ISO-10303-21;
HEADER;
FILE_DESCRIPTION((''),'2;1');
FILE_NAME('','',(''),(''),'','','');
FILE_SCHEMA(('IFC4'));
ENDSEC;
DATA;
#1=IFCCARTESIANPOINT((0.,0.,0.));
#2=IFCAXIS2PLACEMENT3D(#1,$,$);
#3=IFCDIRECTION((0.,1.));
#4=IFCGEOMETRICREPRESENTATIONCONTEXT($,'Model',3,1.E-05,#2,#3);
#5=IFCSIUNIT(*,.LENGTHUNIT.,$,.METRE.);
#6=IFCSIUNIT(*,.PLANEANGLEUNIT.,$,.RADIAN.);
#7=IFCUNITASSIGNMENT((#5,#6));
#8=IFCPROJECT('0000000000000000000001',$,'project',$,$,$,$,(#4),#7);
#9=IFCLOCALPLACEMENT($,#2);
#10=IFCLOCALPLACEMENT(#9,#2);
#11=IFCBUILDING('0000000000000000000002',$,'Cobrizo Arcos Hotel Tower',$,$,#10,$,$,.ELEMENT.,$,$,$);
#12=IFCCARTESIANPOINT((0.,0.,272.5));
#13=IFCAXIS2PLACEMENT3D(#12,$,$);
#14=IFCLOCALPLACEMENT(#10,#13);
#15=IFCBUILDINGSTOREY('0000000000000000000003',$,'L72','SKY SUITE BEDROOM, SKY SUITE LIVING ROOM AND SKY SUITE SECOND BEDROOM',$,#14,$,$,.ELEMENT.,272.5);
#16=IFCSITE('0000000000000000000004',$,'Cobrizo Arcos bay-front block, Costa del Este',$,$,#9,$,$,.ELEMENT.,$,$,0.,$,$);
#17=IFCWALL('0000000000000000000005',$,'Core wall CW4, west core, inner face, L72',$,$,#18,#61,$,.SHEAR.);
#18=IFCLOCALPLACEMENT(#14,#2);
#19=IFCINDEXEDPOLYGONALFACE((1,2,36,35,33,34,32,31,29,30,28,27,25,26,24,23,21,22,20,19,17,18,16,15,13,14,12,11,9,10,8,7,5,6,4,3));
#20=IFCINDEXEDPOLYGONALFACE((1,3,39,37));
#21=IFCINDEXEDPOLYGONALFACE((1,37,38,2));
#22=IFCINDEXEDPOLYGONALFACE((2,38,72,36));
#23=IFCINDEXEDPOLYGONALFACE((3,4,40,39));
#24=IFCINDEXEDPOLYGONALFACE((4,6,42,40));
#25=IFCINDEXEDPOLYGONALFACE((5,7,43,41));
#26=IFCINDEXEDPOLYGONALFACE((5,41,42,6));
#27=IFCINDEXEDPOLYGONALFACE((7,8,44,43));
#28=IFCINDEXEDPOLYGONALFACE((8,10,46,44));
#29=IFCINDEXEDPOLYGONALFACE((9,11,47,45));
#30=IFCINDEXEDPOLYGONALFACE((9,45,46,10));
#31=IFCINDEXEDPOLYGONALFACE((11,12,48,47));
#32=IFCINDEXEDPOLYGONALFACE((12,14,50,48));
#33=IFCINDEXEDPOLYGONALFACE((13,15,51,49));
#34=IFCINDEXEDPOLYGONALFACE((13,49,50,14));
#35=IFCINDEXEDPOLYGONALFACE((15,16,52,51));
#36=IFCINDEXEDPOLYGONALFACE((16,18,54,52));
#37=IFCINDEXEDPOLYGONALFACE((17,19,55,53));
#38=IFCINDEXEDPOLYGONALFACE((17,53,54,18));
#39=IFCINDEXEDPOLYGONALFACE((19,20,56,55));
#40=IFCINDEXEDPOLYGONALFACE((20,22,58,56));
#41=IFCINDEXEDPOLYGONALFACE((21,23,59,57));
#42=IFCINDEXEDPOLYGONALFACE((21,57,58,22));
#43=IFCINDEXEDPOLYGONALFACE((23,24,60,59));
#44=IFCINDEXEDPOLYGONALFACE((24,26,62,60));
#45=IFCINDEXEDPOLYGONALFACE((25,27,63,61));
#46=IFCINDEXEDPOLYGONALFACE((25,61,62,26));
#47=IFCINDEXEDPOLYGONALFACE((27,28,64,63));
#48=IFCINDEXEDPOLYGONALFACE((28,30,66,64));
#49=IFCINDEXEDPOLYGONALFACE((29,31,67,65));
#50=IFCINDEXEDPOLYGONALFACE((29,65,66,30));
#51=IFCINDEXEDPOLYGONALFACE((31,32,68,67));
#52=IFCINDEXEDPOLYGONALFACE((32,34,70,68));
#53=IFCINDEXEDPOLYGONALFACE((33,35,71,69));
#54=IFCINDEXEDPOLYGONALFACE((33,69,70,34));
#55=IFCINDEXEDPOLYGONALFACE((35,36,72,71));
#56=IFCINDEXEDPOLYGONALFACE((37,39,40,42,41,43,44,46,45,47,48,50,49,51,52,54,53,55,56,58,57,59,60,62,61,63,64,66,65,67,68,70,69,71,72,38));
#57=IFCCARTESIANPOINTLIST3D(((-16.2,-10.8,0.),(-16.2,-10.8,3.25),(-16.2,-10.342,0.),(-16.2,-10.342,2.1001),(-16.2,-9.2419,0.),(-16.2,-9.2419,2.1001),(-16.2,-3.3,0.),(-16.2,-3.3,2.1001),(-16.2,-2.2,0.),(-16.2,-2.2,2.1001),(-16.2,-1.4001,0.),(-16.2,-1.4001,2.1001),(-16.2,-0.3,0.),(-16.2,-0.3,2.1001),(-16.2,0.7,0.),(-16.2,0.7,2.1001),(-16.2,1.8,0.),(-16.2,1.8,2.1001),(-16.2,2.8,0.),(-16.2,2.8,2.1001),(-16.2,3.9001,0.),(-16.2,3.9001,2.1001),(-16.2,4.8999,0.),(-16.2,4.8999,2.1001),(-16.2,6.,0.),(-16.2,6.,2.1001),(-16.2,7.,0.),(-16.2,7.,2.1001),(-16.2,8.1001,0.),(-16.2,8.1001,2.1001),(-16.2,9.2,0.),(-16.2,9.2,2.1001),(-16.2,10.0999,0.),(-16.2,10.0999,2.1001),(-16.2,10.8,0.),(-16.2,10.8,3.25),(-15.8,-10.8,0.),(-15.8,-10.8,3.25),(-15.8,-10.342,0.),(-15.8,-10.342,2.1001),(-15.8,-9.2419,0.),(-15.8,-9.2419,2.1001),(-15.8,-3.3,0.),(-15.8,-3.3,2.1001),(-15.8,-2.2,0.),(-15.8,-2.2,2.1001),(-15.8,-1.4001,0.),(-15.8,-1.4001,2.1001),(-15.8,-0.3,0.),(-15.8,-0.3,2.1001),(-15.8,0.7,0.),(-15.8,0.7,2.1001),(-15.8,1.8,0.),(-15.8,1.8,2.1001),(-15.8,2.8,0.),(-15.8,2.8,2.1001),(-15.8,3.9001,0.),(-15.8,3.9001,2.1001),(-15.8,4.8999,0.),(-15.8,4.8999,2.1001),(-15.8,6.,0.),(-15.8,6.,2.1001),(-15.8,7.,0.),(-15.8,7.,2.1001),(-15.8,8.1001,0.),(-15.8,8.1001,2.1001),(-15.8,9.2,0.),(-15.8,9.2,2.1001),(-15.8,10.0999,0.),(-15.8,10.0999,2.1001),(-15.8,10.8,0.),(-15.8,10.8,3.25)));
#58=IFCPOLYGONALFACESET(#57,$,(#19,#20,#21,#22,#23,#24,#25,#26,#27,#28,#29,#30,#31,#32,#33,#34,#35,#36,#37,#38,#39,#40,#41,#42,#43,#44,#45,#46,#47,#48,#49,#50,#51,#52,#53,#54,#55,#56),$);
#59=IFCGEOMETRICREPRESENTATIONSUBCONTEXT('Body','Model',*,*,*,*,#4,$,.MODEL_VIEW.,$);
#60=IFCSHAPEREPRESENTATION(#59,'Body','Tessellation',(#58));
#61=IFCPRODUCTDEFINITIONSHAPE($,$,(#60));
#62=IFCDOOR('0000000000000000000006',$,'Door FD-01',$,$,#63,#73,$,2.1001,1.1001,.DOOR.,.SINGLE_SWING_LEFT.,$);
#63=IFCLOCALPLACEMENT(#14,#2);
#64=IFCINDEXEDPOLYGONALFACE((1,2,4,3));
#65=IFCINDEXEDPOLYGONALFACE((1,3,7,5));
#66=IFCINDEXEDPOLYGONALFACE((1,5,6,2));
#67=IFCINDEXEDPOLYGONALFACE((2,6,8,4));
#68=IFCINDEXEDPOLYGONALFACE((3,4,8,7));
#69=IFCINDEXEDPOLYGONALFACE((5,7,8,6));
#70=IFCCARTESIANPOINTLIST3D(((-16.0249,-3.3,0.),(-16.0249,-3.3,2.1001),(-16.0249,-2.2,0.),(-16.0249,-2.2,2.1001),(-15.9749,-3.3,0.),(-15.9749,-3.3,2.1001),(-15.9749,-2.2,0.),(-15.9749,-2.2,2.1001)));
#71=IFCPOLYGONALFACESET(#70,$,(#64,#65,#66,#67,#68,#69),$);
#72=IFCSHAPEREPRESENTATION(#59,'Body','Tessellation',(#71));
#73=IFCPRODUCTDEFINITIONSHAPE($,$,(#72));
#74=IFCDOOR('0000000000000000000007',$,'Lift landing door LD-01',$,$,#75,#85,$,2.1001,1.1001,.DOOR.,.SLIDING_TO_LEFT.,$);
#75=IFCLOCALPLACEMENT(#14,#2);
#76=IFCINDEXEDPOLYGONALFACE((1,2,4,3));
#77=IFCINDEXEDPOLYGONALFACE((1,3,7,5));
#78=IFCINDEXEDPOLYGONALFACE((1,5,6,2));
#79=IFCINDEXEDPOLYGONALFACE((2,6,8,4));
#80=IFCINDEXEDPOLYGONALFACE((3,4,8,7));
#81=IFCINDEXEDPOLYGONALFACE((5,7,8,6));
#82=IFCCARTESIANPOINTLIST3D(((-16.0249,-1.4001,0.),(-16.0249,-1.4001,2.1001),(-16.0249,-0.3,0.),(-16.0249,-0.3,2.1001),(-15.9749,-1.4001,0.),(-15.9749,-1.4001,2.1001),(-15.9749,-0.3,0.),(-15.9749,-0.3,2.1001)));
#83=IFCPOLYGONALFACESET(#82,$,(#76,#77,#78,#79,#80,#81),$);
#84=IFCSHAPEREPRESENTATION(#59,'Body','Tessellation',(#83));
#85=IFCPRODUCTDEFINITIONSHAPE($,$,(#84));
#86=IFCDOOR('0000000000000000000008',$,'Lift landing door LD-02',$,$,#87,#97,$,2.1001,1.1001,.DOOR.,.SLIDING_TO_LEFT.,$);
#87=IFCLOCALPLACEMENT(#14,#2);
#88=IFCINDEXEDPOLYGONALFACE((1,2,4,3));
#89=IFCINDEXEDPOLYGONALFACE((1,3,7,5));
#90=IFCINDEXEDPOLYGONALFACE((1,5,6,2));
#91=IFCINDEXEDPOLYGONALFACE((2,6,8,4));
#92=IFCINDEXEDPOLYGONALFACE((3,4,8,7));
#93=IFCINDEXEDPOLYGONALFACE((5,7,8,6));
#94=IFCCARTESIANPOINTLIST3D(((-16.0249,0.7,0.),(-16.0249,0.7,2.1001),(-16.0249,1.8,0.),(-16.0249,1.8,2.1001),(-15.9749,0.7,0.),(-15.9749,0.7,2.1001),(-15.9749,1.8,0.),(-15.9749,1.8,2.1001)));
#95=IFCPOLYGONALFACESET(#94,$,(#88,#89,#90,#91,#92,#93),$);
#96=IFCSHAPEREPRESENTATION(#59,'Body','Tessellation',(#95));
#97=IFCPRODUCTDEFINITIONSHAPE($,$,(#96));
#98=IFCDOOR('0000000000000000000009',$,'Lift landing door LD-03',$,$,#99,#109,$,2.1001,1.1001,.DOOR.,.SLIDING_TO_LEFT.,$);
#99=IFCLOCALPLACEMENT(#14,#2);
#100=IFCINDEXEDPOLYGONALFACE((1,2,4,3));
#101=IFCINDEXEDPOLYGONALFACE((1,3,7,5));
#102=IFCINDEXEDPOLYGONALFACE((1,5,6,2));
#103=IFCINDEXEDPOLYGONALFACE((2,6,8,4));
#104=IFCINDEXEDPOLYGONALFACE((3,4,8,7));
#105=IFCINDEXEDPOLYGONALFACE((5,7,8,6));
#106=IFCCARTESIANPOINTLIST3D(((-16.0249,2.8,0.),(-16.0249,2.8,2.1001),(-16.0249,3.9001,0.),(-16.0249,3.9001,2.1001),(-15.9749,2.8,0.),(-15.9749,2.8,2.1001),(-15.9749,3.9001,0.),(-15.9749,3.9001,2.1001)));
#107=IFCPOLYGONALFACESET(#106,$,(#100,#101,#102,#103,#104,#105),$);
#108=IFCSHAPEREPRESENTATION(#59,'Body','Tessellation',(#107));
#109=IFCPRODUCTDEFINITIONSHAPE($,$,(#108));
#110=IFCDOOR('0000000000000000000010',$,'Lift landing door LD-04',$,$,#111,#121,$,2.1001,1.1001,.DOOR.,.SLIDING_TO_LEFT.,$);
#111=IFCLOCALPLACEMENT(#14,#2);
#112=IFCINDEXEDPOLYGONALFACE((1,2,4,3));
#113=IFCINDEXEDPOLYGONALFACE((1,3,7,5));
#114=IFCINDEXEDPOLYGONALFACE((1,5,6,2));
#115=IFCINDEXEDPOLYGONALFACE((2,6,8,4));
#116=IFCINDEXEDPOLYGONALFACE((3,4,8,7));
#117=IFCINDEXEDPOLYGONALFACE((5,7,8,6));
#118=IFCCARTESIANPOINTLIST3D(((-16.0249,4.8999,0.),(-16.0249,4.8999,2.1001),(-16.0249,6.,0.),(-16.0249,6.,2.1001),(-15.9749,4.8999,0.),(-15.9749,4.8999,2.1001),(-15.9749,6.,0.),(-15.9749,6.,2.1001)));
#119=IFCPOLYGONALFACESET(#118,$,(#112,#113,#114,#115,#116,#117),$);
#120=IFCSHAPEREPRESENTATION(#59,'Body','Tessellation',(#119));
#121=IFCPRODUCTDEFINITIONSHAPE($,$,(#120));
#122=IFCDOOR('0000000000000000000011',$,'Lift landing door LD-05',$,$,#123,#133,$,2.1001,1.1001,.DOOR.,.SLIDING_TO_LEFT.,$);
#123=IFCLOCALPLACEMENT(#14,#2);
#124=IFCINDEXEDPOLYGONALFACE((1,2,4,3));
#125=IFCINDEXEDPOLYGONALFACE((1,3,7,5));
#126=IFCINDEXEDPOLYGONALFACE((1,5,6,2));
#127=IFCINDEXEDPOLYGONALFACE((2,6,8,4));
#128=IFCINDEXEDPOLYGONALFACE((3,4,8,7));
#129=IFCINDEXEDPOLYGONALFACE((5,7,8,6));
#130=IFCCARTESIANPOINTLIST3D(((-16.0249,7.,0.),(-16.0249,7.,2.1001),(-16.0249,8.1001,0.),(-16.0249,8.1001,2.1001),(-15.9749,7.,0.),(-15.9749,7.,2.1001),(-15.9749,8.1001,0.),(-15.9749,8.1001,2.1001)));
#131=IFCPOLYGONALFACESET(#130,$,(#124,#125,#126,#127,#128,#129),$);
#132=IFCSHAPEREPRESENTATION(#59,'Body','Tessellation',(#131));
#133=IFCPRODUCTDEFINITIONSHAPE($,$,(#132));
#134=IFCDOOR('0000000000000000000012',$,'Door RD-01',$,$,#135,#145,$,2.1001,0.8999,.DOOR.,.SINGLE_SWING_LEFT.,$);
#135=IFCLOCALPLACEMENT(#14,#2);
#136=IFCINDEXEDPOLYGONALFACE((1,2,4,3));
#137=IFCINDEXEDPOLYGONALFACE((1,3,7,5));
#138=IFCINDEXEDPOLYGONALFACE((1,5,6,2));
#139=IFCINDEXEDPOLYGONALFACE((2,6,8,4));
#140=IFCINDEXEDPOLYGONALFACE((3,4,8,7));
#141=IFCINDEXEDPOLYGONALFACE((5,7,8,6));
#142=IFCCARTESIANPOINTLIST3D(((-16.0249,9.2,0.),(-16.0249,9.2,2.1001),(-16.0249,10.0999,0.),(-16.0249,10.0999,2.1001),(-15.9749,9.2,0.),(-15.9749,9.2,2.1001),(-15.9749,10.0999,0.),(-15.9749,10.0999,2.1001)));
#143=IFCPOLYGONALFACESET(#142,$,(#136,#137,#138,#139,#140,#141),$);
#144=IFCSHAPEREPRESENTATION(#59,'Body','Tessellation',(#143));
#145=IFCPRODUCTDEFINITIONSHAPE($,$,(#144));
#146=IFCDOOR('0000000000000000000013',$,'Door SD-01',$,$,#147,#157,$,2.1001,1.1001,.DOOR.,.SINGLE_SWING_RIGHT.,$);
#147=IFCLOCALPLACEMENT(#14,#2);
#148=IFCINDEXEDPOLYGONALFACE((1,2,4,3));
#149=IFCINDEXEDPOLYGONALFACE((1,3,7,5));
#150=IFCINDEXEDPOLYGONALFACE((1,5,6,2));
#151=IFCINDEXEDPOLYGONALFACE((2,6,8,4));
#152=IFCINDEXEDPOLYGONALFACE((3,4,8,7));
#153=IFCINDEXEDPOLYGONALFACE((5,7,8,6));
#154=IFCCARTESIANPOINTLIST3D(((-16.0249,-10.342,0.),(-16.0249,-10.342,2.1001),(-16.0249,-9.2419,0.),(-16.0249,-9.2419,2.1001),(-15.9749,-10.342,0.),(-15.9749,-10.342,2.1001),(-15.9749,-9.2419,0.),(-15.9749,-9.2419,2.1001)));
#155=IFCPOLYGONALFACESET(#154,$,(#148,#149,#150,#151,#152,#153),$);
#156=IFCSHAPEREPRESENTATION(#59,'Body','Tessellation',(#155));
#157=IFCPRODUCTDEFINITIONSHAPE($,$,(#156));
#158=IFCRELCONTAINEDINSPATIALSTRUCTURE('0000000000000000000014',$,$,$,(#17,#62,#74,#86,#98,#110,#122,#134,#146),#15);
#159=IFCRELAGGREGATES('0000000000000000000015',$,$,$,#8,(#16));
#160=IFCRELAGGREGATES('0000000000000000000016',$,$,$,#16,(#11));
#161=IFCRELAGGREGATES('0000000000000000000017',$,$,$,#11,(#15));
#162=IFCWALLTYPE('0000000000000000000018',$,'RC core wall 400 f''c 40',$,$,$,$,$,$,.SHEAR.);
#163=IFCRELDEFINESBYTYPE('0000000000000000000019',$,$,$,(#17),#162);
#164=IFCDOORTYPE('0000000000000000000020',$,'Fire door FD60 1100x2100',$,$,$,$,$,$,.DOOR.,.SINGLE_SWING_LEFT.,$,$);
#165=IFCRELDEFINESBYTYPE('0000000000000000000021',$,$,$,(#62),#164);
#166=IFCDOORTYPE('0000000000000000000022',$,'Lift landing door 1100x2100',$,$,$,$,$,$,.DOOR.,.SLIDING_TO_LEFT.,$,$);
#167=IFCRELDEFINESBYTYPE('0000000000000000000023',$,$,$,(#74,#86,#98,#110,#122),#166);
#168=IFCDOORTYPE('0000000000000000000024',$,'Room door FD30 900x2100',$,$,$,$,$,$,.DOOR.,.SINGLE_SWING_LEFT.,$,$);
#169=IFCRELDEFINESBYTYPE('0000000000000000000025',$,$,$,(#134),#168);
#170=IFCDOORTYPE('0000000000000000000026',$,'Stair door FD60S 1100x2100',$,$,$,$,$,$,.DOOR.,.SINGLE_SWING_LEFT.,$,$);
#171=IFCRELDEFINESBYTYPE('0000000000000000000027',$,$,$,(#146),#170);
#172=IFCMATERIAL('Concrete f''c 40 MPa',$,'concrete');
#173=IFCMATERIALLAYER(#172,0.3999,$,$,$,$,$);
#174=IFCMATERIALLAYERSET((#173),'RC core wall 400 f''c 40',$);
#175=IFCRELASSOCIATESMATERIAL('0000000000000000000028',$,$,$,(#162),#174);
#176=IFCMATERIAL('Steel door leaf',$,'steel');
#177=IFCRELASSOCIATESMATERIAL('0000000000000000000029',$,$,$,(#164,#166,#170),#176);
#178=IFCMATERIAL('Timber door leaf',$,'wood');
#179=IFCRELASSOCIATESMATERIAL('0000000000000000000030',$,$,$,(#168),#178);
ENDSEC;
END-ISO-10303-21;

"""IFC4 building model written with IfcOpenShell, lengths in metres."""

from ifc_helpers import new_model, si_unit, direction, frame, frame_2d, origin, place, context, subcontext, project, spatial, rectangle, extrude, material, layer, layer_set, type_object, element, fill, save


model = new_model("IFC4")

# Units and contexts
model_context = context("Model", 3, precision=1e-05, world=origin(), true_north=direction((0.0, 1.0)))
body_context = subcontext(model_context, "Body", "Model", "MODEL_VIEW")
ifc_project = project(units=[si_unit("LENGTHUNIT", "METRE"), si_unit("PLANEANGLEUNIT", "RADIAN")], contexts=[model_context])

# Site, building, storey
site_placement = place(None, origin())
site = spatial("IfcSite", under=ifc_project, at=site_placement, Name="Cobrizo Arcos bay-front block, Costa del Este", CompositionType="ELEMENT", RefElevation=0.0)
building_placement = place(site_placement, origin())
building = spatial("IfcBuilding", under=site, at=building_placement, Name="Cobrizo Arcos Hotel Tower", CompositionType="ELEMENT")
storey_placement = place(building_placement, frame((0.0, 0.0, 272.5)))
storey = spatial("IfcBuildingStorey", under=building, at=storey_placement, Name="L72", Description="SKY SUITE BEDROOM, SKY SUITE LIVING ROOM AND SKY SUITE SECOND BEDROOM", CompositionType="ELEMENT", Elevation=272.5)

# Wall, openings, doors
ifc_material_1 = material(Name="Concrete f'c 40 MPa", Category="concrete")
ifc_layer_1 = layer(ifc_material_1, 0.3999)
ifc_layer_set_1 = layer_set([ifc_layer_1], Name="RC core wall 400 f'c 40")
wall_type_1 = type_object("IfcWallType", Name="RC core wall 400 f'c 40", PredefinedType="SHEAR", material=ifc_layer_set_1)
wall_1_placement = place(storey_placement, frame((-16.0, -10.8, 0.0), z_axis=(0.0, 0.0, 1.0), x_axis=(0.0, 1.0, 0.0)))
wall_1 = element("IfcWall", 1, at=wall_1_placement, inside=storey, type_object=wall_type_1, Name="Core wall CW4, west core, inner face, L72", PredefinedType="SHEAR", context=body_context, shape_type="SweptSolid", body=[
    extrude(rectangle(XDim=21.6001, YDim=0.3999, at=frame_2d((10.8, 0.0))), origin(), (0.0, 0.0, 1.0), 3.25),
])
opening_1_placement = place(wall_1_placement, frame((9.3999, 0.0, 0.0)))
opening_1 = element("IfcOpeningElement", 2, at=opening_1_placement, cuts=wall_1, PredefinedType="OPENING", context=body_context, shape_type="SweptSolid", body=[
    extrude(rectangle(XDim=1.1001, YDim=2.1001, at=frame_2d((0.55, 1.05))), frame((0.0, 0.2119, 0.0), z_axis=(0.0, -1.0, 0.0), x_axis=(1.0, 0.0, 0.0)), (0.0, 0.0, 1.0), 0.4238),
])
opening_2_placement = place(wall_1_placement, frame((11.5, 0.0, 0.0)))
opening_2 = element("IfcOpeningElement", 3, at=opening_2_placement, cuts=wall_1, PredefinedType="OPENING", context=body_context, shape_type="SweptSolid", body=[
    extrude(rectangle(XDim=1.1001, YDim=2.1001, at=frame_2d((0.55, 1.05))), frame((0.0, 0.2119, 0.0), z_axis=(0.0, -1.0, 0.0), x_axis=(1.0, 0.0, 0.0)), (0.0, 0.0, 1.0), 0.4238),
])
opening_3_placement = place(wall_1_placement, frame((13.6001, 0.0, 0.0)))
opening_3 = element("IfcOpeningElement", 4, at=opening_3_placement, cuts=wall_1, PredefinedType="OPENING", context=body_context, shape_type="SweptSolid", body=[
    extrude(rectangle(XDim=1.1001, YDim=2.1001, at=frame_2d((0.55, 1.05))), frame((0.0, 0.2119, 0.0), z_axis=(0.0, -1.0, 0.0), x_axis=(1.0, 0.0, 0.0)), (0.0, 0.0, 1.0), 0.4238),
])
opening_4_placement = place(wall_1_placement, frame((15.7, 0.0, 0.0)))
opening_4 = element("IfcOpeningElement", 5, at=opening_4_placement, cuts=wall_1, PredefinedType="OPENING", context=body_context, shape_type="SweptSolid", body=[
    extrude(rectangle(XDim=1.1001, YDim=2.1001, at=frame_2d((0.55, 1.05))), frame((0.0, 0.2119, 0.0), z_axis=(0.0, -1.0, 0.0), x_axis=(1.0, 0.0, 0.0)), (0.0, 0.0, 1.0), 0.4238),
])
opening_5_placement = place(wall_1_placement, frame((17.8, 0.0, 0.0)))
opening_5 = element("IfcOpeningElement", 6, at=opening_5_placement, cuts=wall_1, PredefinedType="OPENING", context=body_context, shape_type="SweptSolid", body=[
    extrude(rectangle(XDim=1.1001, YDim=2.1001, at=frame_2d((0.55, 1.05))), frame((0.0, 0.2119, 0.0), z_axis=(0.0, -1.0, 0.0), x_axis=(1.0, 0.0, 0.0)), (0.0, 0.0, 1.0), 0.4238),
])
opening_6_placement = place(wall_1_placement, frame((0.458, 0.0, 0.0)))
opening_6 = element("IfcOpeningElement", 7, at=opening_6_placement, cuts=wall_1, PredefinedType="OPENING", context=body_context, shape_type="SweptSolid", body=[
    extrude(rectangle(XDim=1.1001, YDim=2.1001, at=frame_2d((0.55, 1.05))), frame((0.0, 0.2119, 0.0), z_axis=(0.0, -1.0, 0.0), x_axis=(1.0, 0.0, 0.0)), (0.0, 0.0, 1.0), 0.4238),
])
opening_7_placement = place(wall_1_placement, frame((7.5, 0.0, 0.0)))
opening_7 = element("IfcOpeningElement", 8, at=opening_7_placement, cuts=wall_1, PredefinedType="OPENING", context=body_context, shape_type="SweptSolid", body=[
    extrude(rectangle(XDim=1.1001, YDim=2.1001, at=frame_2d((0.55, 1.05))), frame((0.0, 0.2119, 0.0), z_axis=(0.0, -1.0, 0.0), x_axis=(1.0, 0.0, 0.0)), (0.0, 0.0, 1.0), 0.4238),
])
opening_8_placement = place(wall_1_placement, frame((20.0, 0.0, 0.0)))
opening_8 = element("IfcOpeningElement", 9, at=opening_8_placement, cuts=wall_1, PredefinedType="OPENING", context=body_context, shape_type="SweptSolid", body=[
    extrude(rectangle(XDim=0.8999, YDim=2.1001, at=frame_2d((0.45, 1.05))), frame((0.0, 0.2119, 0.0), z_axis=(0.0, -1.0, 0.0), x_axis=(1.0, 0.0, 0.0)), (0.0, 0.0, 1.0), 0.4238),
])
ifc_material_2 = material(Name="Steel door leaf", Category="steel")
door_type_1 = type_object("IfcDoorType", Name="Fire door FD60 1100x2100", OperationType="SINGLE_SWING_LEFT", PredefinedType="DOOR", material=ifc_material_2)
door_1_placement = place(opening_7_placement, origin())
door_1 = element("IfcDoor", 10, at=door_1_placement, inside=storey, type_object=door_type_1, Name="Door FD-01", OperationType="SINGLE_SWING_LEFT", OverallHeight=2.1001, OverallWidth=1.1001, PredefinedType="DOOR", context=body_context, shape_type="SweptSolid", body=[
    extrude(rectangle(XDim=1.1001, YDim=2.1001, at=frame_2d((0.55, 1.05))), frame((0.0, 0.0249, 0.0), z_axis=(0.0, -1.0, 0.0), x_axis=(1.0, 0.0, 0.0)), (0.0, 0.0, 1.0), 0.05),
])
fill(opening_7, door_1)
door_type_2 = type_object("IfcDoorType", Name="Lift landing door 1100x2100", OperationType="SLIDING_TO_LEFT", PredefinedType="DOOR", material=ifc_material_2)
door_2_placement = place(opening_1_placement, origin())
door_2 = element("IfcDoor", 11, at=door_2_placement, inside=storey, type_object=door_type_2, Name="Lift landing door LD-01", OperationType="SLIDING_TO_LEFT", OverallHeight=2.1001, OverallWidth=1.1001, PredefinedType="DOOR", context=body_context, shape_type="SweptSolid", body=[
    extrude(rectangle(XDim=1.1001, YDim=2.1001, at=frame_2d((0.55, 1.05))), frame((0.0, 0.0249, 0.0), z_axis=(0.0, -1.0, 0.0), x_axis=(1.0, 0.0, 0.0)), (0.0, 0.0, 1.0), 0.05),
])
fill(opening_1, door_2)
door_3_placement = place(opening_2_placement, origin())
door_3 = element("IfcDoor", 12, at=door_3_placement, inside=storey, type_object=door_type_2, Name="Lift landing door LD-02", OperationType="SLIDING_TO_LEFT", OverallHeight=2.1001, OverallWidth=1.1001, PredefinedType="DOOR", context=body_context, shape_type="SweptSolid", body=[
    extrude(rectangle(XDim=1.1001, YDim=2.1001, at=frame_2d((0.55, 1.05))), frame((0.0, 0.0249, 0.0), z_axis=(0.0, -1.0, 0.0), x_axis=(1.0, 0.0, 0.0)), (0.0, 0.0, 1.0), 0.05),
])
fill(opening_2, door_3)
door_4_placement = place(opening_3_placement, origin())
door_4 = element("IfcDoor", 13, at=door_4_placement, inside=storey, type_object=door_type_2, Name="Lift landing door LD-03", OperationType="SLIDING_TO_LEFT", OverallHeight=2.1001, OverallWidth=1.1001, PredefinedType="DOOR", context=body_context, shape_type="SweptSolid", body=[
    extrude(rectangle(XDim=1.1001, YDim=2.1001, at=frame_2d((0.55, 1.05))), frame((0.0, 0.0249, 0.0), z_axis=(0.0, -1.0, 0.0), x_axis=(1.0, 0.0, 0.0)), (0.0, 0.0, 1.0), 0.05),
])
fill(opening_3, door_4)
door_5_placement = place(opening_4_placement, origin())
door_5 = element("IfcDoor", 14, at=door_5_placement, inside=storey, type_object=door_type_2, Name="Lift landing door LD-04", OperationType="SLIDING_TO_LEFT", OverallHeight=2.1001, OverallWidth=1.1001, PredefinedType="DOOR", context=body_context, shape_type="SweptSolid", body=[
    extrude(rectangle(XDim=1.1001, YDim=2.1001, at=frame_2d((0.55, 1.05))), frame((0.0, 0.0249, 0.0), z_axis=(0.0, -1.0, 0.0), x_axis=(1.0, 0.0, 0.0)), (0.0, 0.0, 1.0), 0.05),
])
fill(opening_4, door_5)
door_6_placement = place(opening_5_placement, origin())
door_6 = element("IfcDoor", 15, at=door_6_placement, inside=storey, type_object=door_type_2, Name="Lift landing door LD-05", OperationType="SLIDING_TO_LEFT", OverallHeight=2.1001, OverallWidth=1.1001, PredefinedType="DOOR", context=body_context, shape_type="SweptSolid", body=[
    extrude(rectangle(XDim=1.1001, YDim=2.1001, at=frame_2d((0.55, 1.05))), frame((0.0, 0.0249, 0.0), z_axis=(0.0, -1.0, 0.0), x_axis=(1.0, 0.0, 0.0)), (0.0, 0.0, 1.0), 0.05),
])
fill(opening_5, door_6)
ifc_material_3 = material(Name="Timber door leaf", Category="wood")
door_type_3 = type_object("IfcDoorType", Name="Room door FD30 900x2100", OperationType="SINGLE_SWING_LEFT", PredefinedType="DOOR", material=ifc_material_3)
door_7_placement = place(opening_8_placement, origin())
door_7 = element("IfcDoor", 16, at=door_7_placement, inside=storey, type_object=door_type_3, Name="Door RD-01", OperationType="SINGLE_SWING_LEFT", OverallHeight=2.1001, OverallWidth=0.8999, PredefinedType="DOOR", context=body_context, shape_type="SweptSolid", body=[
    extrude(rectangle(XDim=0.8999, YDim=2.1001, at=frame_2d((0.45, 1.05))), frame((0.0, 0.0249, 0.0), z_axis=(0.0, -1.0, 0.0), x_axis=(1.0, 0.0, 0.0)), (0.0, 0.0, 1.0), 0.05),
])
fill(opening_8, door_7)
door_type_4 = type_object("IfcDoorType", Name="Stair door FD60S 1100x2100", OperationType="SINGLE_SWING_LEFT", PredefinedType="DOOR", material=ifc_material_2)
door_8_placement = place(opening_6_placement, origin())
door_8 = element("IfcDoor", 17, at=door_8_placement, inside=storey, type_object=door_type_4, Name="Door SD-01", OperationType="SINGLE_SWING_RIGHT", OverallHeight=2.1001, OverallWidth=1.1001, PredefinedType="DOOR", context=body_context, shape_type="SweptSolid", body=[
    extrude(rectangle(XDim=1.1001, YDim=2.1001, at=frame_2d((0.55, 1.05))), frame((0.0, 0.0249, 0.0), z_axis=(0.0, -1.0, 0.0), x_axis=(1.0, 0.0, 0.0)), (0.0, 0.0, 1.0), 0.05),
])
fill(opening_6, door_8)

save(model, "model.ifc")
